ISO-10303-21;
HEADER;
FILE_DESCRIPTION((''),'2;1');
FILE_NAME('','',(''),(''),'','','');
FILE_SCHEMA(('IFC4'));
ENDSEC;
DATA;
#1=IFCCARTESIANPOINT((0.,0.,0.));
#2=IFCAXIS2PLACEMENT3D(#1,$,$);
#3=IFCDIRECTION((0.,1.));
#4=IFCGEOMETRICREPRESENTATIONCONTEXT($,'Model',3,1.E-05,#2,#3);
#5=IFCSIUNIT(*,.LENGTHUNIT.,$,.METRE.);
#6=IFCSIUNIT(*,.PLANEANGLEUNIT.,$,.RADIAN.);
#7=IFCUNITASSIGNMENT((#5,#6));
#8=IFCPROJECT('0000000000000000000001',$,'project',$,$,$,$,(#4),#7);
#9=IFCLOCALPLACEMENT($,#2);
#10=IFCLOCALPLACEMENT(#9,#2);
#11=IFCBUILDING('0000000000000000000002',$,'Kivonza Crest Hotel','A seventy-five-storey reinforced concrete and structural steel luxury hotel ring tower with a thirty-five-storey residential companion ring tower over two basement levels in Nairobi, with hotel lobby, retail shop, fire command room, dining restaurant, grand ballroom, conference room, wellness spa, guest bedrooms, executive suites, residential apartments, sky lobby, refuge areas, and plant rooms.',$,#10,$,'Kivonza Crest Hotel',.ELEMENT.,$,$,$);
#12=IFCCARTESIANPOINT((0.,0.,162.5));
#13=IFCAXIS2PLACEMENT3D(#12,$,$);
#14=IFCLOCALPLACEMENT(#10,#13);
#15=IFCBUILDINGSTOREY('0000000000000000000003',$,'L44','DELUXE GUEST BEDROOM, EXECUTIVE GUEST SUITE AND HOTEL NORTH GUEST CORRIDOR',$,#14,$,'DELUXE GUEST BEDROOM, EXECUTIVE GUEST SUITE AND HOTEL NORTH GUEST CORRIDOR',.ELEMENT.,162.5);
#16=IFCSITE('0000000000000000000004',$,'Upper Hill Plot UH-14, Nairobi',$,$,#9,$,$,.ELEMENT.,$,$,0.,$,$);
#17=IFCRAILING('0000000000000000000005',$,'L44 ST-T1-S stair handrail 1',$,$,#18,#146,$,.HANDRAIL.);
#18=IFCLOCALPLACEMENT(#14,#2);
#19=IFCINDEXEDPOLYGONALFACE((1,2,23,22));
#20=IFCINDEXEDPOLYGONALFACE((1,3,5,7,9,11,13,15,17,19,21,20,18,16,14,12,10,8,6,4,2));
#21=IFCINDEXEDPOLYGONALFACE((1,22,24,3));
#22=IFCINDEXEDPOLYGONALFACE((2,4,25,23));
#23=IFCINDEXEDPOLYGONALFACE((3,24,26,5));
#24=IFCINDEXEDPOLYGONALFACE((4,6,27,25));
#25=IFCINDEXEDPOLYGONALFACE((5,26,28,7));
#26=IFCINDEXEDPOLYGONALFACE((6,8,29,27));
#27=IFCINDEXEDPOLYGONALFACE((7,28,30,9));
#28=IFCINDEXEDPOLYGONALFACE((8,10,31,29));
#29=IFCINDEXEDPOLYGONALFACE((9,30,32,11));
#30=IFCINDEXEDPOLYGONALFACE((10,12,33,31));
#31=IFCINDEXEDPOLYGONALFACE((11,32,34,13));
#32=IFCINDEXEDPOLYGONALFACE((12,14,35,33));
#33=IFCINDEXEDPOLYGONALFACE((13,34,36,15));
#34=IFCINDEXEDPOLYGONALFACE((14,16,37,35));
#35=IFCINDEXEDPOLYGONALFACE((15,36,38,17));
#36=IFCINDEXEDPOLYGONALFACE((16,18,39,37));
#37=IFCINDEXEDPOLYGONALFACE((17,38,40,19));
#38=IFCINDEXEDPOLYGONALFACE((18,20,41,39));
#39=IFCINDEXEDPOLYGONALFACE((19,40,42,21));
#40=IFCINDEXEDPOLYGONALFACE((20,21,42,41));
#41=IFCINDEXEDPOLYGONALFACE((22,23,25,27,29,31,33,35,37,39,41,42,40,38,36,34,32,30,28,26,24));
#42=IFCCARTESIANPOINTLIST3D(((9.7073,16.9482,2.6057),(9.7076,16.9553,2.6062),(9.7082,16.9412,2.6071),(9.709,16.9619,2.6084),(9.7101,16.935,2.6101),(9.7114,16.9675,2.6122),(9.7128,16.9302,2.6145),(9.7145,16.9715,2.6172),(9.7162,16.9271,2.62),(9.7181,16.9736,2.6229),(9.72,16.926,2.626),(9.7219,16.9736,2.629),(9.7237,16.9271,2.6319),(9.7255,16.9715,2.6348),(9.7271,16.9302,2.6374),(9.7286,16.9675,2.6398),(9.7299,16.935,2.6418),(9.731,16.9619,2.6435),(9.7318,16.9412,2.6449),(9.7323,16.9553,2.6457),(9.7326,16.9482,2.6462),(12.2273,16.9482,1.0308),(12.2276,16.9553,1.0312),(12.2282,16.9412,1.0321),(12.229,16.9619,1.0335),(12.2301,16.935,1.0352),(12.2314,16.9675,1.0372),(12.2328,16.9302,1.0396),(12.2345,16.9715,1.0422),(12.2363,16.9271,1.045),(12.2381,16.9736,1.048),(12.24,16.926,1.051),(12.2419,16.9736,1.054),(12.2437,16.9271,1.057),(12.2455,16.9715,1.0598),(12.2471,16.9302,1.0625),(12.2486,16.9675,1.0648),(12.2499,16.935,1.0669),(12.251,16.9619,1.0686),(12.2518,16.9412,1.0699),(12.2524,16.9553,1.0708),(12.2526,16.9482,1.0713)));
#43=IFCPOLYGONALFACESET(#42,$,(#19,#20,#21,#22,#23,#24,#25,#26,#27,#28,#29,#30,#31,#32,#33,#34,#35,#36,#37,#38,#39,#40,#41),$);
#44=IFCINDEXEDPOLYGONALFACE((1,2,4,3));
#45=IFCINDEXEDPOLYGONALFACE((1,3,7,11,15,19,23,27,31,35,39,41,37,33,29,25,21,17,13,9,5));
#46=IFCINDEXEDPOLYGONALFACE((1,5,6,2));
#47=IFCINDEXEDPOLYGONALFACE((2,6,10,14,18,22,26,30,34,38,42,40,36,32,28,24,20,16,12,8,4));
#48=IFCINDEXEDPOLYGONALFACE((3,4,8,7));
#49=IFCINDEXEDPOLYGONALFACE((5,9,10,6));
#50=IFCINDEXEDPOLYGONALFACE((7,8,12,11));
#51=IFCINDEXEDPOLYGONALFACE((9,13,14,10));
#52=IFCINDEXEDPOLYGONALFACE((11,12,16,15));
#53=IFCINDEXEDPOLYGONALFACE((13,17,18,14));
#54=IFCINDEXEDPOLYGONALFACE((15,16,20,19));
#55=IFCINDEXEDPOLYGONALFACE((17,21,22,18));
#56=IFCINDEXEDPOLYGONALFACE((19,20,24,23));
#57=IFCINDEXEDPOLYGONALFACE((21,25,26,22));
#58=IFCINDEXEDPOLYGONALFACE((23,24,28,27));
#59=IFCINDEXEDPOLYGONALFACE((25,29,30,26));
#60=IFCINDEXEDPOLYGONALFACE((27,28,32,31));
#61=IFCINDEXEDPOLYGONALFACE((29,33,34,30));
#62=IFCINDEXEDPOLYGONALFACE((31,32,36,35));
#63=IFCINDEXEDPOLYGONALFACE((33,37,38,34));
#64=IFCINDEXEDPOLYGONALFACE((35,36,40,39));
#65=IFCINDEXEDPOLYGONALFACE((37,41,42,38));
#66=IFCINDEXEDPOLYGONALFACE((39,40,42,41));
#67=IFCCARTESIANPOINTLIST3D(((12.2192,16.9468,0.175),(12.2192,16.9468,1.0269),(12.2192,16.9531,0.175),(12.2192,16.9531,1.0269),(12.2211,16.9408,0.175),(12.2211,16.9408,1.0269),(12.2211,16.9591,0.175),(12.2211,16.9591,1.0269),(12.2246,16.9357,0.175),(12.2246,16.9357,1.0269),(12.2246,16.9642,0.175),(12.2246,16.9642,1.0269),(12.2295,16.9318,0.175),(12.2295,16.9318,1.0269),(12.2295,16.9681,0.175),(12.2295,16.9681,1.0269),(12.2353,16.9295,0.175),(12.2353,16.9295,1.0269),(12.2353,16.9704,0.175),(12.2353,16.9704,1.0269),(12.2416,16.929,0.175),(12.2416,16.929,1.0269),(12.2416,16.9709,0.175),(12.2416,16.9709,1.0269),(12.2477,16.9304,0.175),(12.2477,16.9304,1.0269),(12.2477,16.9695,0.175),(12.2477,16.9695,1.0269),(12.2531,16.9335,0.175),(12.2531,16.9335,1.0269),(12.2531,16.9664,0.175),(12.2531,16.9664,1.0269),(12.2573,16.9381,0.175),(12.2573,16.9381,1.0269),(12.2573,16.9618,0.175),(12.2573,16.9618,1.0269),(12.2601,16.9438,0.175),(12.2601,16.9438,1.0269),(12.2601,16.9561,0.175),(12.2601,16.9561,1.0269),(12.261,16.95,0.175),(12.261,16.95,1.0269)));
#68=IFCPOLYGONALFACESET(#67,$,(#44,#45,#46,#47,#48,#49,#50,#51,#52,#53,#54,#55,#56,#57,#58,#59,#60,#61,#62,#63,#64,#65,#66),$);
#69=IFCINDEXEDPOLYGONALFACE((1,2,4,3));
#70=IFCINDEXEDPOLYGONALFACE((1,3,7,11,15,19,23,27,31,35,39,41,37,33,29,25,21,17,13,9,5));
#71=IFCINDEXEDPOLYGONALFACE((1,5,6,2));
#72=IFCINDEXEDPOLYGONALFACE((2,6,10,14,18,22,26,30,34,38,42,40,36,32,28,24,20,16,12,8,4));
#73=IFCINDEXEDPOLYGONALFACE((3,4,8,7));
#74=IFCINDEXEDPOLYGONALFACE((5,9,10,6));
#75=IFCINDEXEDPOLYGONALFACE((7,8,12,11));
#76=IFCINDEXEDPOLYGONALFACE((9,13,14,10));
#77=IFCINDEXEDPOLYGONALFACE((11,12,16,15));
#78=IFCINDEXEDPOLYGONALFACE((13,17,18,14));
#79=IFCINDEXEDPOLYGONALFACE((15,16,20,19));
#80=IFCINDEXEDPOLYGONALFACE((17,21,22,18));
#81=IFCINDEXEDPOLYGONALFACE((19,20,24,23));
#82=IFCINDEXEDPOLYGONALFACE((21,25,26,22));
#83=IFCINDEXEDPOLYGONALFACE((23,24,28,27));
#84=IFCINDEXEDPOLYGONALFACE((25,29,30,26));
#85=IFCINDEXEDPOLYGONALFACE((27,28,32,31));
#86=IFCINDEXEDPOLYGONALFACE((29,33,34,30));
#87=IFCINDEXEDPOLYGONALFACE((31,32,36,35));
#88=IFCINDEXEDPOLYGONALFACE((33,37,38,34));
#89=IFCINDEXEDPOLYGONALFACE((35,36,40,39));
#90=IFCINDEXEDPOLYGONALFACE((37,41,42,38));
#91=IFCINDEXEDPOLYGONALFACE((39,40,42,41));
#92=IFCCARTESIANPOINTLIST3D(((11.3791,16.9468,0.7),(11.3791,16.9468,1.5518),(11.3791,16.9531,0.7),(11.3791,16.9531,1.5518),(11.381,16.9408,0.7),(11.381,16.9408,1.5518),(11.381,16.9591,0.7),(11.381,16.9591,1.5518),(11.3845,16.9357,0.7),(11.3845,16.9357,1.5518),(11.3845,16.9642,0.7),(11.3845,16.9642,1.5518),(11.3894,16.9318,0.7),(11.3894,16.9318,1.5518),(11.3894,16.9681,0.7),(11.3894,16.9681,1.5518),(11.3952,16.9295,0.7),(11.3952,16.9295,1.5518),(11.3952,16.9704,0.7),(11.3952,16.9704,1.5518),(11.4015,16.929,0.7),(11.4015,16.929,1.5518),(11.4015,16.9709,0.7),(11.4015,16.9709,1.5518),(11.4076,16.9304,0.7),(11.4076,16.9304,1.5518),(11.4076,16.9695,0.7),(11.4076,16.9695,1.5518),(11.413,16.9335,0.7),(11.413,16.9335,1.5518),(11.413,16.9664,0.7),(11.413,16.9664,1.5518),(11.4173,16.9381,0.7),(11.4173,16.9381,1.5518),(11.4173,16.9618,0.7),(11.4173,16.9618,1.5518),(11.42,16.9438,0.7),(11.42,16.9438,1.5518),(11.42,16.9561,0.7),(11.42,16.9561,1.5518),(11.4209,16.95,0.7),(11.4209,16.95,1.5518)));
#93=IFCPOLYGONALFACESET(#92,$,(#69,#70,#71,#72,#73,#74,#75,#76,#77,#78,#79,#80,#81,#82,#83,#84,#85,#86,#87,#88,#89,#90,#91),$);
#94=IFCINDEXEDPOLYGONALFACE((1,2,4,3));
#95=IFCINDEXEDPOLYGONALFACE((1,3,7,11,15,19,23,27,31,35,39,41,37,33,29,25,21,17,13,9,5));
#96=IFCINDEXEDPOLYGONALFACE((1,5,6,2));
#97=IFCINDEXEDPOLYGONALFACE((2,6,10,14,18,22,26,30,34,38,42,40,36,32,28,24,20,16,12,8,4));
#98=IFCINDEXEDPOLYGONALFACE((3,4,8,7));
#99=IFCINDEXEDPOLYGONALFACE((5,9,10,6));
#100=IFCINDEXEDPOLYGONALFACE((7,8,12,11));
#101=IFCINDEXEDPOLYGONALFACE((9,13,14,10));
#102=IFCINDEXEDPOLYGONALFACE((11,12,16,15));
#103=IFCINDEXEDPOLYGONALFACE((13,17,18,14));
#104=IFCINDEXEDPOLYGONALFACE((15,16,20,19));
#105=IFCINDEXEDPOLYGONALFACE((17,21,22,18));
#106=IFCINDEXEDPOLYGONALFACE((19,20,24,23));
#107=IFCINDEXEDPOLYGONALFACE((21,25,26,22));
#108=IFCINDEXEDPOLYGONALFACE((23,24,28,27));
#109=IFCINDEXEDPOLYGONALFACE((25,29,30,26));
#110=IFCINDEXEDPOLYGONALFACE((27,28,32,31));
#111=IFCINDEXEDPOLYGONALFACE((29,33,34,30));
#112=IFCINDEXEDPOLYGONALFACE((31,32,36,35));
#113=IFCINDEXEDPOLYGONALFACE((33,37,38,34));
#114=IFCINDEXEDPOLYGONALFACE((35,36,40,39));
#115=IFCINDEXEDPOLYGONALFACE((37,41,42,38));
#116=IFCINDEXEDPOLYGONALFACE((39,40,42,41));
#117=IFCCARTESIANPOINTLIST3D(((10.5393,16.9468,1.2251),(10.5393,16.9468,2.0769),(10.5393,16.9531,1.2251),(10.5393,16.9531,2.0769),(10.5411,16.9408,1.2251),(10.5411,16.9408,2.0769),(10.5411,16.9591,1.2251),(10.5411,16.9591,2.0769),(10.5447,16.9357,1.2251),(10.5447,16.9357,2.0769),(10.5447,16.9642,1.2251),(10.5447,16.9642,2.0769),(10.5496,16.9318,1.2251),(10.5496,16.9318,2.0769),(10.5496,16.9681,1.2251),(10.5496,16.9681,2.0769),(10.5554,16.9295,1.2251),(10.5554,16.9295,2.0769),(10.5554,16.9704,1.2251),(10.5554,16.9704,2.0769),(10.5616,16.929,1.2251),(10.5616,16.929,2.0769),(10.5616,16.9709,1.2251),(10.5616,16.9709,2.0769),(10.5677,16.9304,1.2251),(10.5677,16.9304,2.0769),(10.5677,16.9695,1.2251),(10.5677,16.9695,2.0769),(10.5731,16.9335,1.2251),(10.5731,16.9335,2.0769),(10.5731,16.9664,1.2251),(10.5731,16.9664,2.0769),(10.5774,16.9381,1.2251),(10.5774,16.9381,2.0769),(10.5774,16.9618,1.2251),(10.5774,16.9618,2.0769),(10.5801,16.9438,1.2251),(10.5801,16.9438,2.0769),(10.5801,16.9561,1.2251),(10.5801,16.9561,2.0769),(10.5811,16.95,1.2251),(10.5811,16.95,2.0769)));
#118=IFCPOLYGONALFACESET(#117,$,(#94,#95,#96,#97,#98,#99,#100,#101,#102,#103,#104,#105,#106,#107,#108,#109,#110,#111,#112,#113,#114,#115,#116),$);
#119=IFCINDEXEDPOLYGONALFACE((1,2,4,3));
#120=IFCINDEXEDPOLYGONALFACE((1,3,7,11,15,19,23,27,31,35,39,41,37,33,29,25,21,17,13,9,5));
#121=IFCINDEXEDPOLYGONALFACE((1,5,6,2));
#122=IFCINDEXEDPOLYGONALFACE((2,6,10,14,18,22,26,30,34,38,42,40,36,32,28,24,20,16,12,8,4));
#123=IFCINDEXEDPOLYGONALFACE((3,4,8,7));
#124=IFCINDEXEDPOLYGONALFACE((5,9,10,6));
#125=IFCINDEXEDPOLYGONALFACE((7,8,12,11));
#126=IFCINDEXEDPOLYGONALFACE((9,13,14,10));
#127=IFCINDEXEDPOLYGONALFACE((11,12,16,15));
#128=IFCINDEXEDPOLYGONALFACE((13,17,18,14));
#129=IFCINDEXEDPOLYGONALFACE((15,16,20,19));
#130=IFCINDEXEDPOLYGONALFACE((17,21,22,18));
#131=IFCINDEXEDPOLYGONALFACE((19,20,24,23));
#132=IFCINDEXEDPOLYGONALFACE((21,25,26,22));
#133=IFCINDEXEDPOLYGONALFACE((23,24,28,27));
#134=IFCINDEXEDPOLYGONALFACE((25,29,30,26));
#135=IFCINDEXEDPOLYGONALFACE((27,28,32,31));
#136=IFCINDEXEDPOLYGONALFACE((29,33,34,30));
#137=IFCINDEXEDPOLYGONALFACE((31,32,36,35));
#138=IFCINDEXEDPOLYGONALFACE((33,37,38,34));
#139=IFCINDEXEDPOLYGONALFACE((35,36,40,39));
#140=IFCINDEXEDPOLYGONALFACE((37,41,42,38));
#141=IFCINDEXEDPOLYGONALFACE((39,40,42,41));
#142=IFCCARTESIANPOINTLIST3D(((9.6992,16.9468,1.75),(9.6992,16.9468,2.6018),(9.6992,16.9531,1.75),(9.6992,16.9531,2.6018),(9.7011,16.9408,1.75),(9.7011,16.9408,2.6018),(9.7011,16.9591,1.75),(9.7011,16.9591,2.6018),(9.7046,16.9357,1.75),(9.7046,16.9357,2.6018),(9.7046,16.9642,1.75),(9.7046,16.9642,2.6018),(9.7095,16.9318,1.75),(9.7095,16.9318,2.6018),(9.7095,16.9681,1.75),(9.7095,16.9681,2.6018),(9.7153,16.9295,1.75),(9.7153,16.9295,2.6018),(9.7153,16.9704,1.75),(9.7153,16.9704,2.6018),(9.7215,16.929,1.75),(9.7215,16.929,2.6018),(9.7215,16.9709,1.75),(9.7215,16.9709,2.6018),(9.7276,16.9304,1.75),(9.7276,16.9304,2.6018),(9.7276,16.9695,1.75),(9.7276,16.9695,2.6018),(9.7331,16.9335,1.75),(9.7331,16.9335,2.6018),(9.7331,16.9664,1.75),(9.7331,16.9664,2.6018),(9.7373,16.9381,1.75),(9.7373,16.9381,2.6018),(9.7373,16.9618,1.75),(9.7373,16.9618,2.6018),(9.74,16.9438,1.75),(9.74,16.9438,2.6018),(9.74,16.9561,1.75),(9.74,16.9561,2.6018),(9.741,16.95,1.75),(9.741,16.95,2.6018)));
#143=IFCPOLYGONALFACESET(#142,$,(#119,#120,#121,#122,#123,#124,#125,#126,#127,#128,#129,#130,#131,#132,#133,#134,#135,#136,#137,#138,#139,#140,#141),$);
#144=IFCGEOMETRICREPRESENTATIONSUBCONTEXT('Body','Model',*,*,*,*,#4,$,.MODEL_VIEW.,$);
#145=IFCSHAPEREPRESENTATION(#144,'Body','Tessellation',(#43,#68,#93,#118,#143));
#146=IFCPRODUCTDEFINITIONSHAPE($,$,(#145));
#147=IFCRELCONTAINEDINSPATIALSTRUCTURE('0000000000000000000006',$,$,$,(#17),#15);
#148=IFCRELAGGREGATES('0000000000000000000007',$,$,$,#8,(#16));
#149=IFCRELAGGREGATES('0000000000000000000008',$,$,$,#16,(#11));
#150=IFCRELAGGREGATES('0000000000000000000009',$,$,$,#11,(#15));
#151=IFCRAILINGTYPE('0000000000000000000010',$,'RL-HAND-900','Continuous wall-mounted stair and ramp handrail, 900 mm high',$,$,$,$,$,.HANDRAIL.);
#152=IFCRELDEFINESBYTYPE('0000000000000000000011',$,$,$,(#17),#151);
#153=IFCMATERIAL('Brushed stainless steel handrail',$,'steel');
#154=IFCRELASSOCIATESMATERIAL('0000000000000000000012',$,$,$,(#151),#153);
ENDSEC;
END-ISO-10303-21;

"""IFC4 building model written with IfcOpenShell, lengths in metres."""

from ifc_helpers import new_model, si_unit, direction, frame, origin, origin_2d, place, context, subcontext, project, spatial, circle, extrude, material, type_object, element, save


model = new_model("IFC4")

# Units and contexts
model_context = context("Model", 3, precision=1e-05, world=origin(), true_north=direction((0.0, 1.0)))
body_context = subcontext(model_context, "Body", "Model", "MODEL_VIEW")
ifc_project = project(units=[si_unit("LENGTHUNIT", "METRE"), si_unit("PLANEANGLEUNIT", "RADIAN")], contexts=[model_context])

# Site, building, storey
site_placement = place(None, origin())
site = spatial("IfcSite", under=ifc_project, at=site_placement, Name="Upper Hill Plot UH-14, Nairobi", CompositionType="ELEMENT", RefElevation=0.0)
building_placement = place(site_placement, origin())
building = spatial("IfcBuilding", under=site, at=building_placement, Name="Kivonza Crest Hotel", Description="A seventy-five-storey reinforced concrete and structural steel luxury hotel ring tower with a thirty-five-storey residential companion ring tower over two basement levels in Nairobi, with hotel lobby, retail shop, fire command room, dining restaurant, grand ballroom, conference room, wellness spa, guest bedrooms, executive suites, residential apartments, sky lobby, refuge areas, and plant rooms.", LongName="Kivonza Crest Hotel", CompositionType="ELEMENT")
storey_placement = place(building_placement, frame((0.0, 0.0, 162.5)))
storey = spatial("IfcBuildingStorey", under=building, at=storey_placement, Name="L44", Description="DELUXE GUEST BEDROOM, EXECUTIVE GUEST SUITE AND HOTEL NORTH GUEST CORRIDOR", LongName="DELUXE GUEST BEDROOM, EXECUTIVE GUEST SUITE AND HOTEL NORTH GUEST CORRIDOR", CompositionType="ELEMENT", Elevation=162.5)

# Railing
ifc_material_1 = material(Name="Brushed stainless steel handrail", Category="steel")
railing_type_1 = type_object("IfcRailingType", Name="RL-HAND-900", Description="Continuous wall-mounted stair and ramp handrail, 900 mm high", PredefinedType="HANDRAIL", material=ifc_material_1)
railing_1_placement = place(storey_placement, frame((12.24, 16.95, 0.175)))
element("IfcRailing", 1, at=railing_1_placement, inside=storey, type_object=railing_type_1, Name="L44 ST-T1-S stair handrail 1", PredefinedType="HANDRAIL", context=body_context, shape_type="SweptSolid", body=[
    extrude(circle(Radius=0.0239, at=origin_2d()), frame((0.0, 0.0, 0.876), z_axis=(-0.848008, 0.0, 0.529984), x_axis=(0.0, -1.0, 0.0)), (0.0, 0.0, 1.0), 2.9717),
    extrude(circle(Radius=0.021, at=origin_2d()), origin(), (0.0, 0.0, 1.0), 0.8518),
    extrude(circle(Radius=0.021, at=origin_2d()), frame((-0.8401, 0.0, 0.5249)), (0.0, 0.0, 1.0), 0.8518),
    extrude(circle(Radius=0.021, at=origin_2d()), frame((-1.6799, 0.0, 1.05)), (0.0, 0.0, 1.0), 0.8518),
    extrude(circle(Radius=0.021, at=origin_2d()), frame((-2.52, 0.0, 1.575)), (0.0, 0.0, 1.0), 0.8518),
])

save(model, "model.ifc")
